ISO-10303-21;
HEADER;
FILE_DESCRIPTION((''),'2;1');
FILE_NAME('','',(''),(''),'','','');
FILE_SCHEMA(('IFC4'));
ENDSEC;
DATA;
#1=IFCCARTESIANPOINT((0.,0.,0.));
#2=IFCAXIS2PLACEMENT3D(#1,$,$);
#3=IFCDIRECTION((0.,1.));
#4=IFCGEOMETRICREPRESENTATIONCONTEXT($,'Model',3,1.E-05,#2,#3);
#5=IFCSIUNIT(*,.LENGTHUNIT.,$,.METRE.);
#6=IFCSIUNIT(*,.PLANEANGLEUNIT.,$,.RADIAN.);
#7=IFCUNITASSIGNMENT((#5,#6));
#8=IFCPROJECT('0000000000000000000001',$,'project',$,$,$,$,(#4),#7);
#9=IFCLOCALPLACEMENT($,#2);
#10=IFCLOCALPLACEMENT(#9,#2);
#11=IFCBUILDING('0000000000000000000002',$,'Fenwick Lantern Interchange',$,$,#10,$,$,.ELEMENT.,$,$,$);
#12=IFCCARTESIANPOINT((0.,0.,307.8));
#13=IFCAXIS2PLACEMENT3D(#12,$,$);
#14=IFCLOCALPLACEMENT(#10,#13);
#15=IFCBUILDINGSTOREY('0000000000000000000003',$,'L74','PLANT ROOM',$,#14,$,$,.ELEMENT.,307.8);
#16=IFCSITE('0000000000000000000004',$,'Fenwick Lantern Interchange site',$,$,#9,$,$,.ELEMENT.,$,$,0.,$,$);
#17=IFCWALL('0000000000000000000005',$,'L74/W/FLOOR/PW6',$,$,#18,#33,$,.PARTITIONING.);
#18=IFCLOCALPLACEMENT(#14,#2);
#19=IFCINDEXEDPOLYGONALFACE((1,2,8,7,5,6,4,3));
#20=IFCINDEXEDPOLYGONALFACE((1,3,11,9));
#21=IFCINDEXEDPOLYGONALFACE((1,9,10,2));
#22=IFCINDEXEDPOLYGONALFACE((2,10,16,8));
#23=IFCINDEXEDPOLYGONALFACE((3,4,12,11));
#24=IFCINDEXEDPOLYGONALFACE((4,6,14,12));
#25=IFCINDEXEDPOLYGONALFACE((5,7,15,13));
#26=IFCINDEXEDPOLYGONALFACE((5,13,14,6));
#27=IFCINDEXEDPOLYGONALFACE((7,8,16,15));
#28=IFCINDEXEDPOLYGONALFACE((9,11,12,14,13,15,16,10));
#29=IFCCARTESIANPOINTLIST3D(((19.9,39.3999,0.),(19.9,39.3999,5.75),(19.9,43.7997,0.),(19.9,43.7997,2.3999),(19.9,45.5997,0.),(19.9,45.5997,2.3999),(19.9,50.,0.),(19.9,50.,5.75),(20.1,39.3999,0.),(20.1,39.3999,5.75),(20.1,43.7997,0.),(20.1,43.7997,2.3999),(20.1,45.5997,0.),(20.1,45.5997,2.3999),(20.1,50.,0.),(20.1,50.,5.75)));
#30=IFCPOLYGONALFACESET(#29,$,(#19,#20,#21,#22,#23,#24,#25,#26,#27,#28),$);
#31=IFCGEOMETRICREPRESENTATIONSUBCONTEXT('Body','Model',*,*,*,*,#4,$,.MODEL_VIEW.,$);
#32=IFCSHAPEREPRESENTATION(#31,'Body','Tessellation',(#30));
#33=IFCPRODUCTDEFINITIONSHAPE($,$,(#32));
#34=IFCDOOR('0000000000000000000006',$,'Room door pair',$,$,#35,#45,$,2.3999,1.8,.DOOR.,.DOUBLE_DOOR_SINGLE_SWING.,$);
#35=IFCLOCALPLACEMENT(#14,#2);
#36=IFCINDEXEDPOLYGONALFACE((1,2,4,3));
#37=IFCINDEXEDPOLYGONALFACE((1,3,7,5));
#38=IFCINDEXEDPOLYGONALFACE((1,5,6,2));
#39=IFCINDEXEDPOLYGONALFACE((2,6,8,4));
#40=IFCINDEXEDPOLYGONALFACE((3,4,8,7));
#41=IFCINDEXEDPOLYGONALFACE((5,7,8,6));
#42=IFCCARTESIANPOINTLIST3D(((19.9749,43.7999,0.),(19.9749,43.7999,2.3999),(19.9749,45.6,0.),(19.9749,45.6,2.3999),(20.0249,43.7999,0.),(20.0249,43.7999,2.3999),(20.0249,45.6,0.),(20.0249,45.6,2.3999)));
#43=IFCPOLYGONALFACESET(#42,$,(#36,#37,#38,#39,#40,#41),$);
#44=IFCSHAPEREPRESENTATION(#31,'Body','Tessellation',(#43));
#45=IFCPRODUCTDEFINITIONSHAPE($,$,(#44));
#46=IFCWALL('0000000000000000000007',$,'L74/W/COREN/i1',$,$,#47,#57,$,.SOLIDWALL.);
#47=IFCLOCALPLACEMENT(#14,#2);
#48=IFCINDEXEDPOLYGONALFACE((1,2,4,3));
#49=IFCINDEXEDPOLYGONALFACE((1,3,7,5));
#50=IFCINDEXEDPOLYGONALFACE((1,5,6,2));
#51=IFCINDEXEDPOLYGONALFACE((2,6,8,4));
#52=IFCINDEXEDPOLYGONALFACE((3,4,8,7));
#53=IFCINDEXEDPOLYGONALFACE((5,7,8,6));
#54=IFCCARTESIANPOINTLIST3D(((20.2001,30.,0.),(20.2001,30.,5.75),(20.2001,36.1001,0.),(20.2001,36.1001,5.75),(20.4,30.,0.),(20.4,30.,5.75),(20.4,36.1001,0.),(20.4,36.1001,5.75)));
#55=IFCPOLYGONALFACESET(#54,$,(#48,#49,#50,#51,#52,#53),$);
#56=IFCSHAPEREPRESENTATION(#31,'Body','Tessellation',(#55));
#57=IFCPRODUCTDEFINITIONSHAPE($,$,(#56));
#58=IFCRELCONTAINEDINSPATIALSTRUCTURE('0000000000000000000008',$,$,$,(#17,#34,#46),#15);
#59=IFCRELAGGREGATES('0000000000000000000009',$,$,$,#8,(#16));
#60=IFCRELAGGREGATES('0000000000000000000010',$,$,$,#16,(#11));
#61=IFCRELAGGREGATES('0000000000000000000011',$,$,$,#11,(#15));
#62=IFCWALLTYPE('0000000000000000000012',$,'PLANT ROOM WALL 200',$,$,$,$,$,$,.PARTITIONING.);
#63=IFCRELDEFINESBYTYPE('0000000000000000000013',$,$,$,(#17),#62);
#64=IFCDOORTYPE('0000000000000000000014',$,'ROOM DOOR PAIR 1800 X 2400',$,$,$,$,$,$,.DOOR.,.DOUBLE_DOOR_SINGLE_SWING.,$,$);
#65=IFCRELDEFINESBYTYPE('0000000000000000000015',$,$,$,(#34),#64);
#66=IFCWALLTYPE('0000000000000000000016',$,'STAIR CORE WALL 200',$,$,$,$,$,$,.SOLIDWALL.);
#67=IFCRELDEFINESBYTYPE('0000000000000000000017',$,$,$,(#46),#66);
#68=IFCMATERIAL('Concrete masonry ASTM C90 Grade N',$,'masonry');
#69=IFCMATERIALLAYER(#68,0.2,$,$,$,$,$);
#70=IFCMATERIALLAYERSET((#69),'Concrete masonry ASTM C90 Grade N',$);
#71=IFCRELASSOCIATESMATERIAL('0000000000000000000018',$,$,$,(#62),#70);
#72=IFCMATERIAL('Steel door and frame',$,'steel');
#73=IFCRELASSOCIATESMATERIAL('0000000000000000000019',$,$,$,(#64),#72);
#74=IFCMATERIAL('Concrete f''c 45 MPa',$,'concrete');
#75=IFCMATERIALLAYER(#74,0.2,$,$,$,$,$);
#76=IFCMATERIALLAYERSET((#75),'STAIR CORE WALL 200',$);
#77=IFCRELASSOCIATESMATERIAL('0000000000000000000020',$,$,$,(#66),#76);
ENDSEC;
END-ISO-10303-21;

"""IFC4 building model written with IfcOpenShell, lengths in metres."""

from ifc_helpers import new_model, si_unit, direction, frame, frame_2d, origin, place, context, subcontext, project, spatial, rectangle, extrude, material, layer, layer_set, type_object, element, fill, save


model = new_model("IFC4")

# Units and contexts
model_context = context("Model", 3, precision=1e-05, world=origin(), true_north=direction((0.0, 1.0)))
body_context = subcontext(model_context, "Body", "Model", "MODEL_VIEW")
ifc_project = project(units=[si_unit("LENGTHUNIT", "METRE"), si_unit("PLANEANGLEUNIT", "RADIAN")], contexts=[model_context])

# Site, building, storey
site_placement = place(None, origin())
site = spatial("IfcSite", under=ifc_project, at=site_placement, Name="Fenwick Lantern Interchange site", CompositionType="ELEMENT", RefElevation=0.0)
building_placement = place(site_placement, origin())
building = spatial("IfcBuilding", under=site, at=building_placement, Name="Fenwick Lantern Interchange", CompositionType="ELEMENT")
storey_placement = place(building_placement, frame((0.0, 0.0, 307.8)))
storey = spatial("IfcBuildingStorey", under=building, at=storey_placement, Name="L74", Description="PLANT ROOM", CompositionType="ELEMENT", Elevation=307.8)

# Shared definitions
ifc_material_1 = material(Name="Concrete masonry ASTM C90 Grade N", Category="masonry")

# Shared definitions
ifc_material_2 = material(Name="Steel door and frame", Category="steel")
ifc_layer_1 = layer(ifc_material_1, 0.2)
ifc_layer_set_1 = layer_set([ifc_layer_1], Name="Concrete masonry ASTM C90 Grade N")
wall_type_1 = type_object("IfcWallType", Name="PLANT ROOM WALL 200", PredefinedType="PARTITIONING", material=ifc_layer_set_1)
door_type_1 = type_object("IfcDoorType", Name="ROOM DOOR PAIR 1800 X 2400", OperationType="DOUBLE_DOOR_SINGLE_SWING", PredefinedType="DOOR", material=ifc_material_2)

# Wall, opening, door
wall_1_placement = place(storey_placement, frame((20.0, 39.3999, 0.0), z_axis=(0.0, 0.0, 1.0), x_axis=(0.0, 1.0, 0.0)))
wall_1 = element("IfcWall", 1, at=wall_1_placement, inside=storey, type_object=wall_type_1, Name="L74/W/FLOOR/PW6", PredefinedType="PARTITIONING", context=body_context, shape_type="SweptSolid", body=[
    extrude(rectangle(XDim=10.6001, YDim=0.2, at=frame_2d((5.3, 0.0))), origin(), (0.0, 0.0, 1.0), 5.75),
])
opening_1_placement = place(wall_1_placement, frame((4.3999, 0.0, 0.0)))
opening_1 = element("IfcOpeningElement", 2, at=opening_1_placement, cuts=wall_1, PredefinedType="OPENING", context=body_context, shape_type="SweptSolid", body=[
    extrude(rectangle(XDim=1.8, YDim=2.3999, at=frame_2d((0.8999, 1.2))), frame((0.0, 0.1099, 0.0), z_axis=(0.0, -1.0, 0.0), x_axis=(1.0, 0.0, 0.0)), (0.0, 0.0, 1.0), 0.22),
])
door_1_placement = place(opening_1_placement, frame((1.8, 0.0, 0.0), z_axis=(0.0, 0.0, 1.0), x_axis=(-1.0, 0.0, 0.0)))
door_1 = element("IfcDoor", 3, at=door_1_placement, inside=storey, type_object=door_type_1, Name="Room door pair", OperationType="DOUBLE_DOOR_SINGLE_SWING", OverallHeight=2.3999, OverallWidth=1.8, PredefinedType="DOOR", context=body_context, shape_type="SweptSolid", body=[
    extrude(rectangle(XDim=1.8, YDim=2.3999, at=frame_2d((0.8999, 1.2))), frame((0.0, 0.0249, 0.0), z_axis=(0.0, -1.0, 0.0), x_axis=(1.0, 0.0, 0.0)), (0.0, 0.0, 1.0), 0.05),
])
fill(opening_1, door_1)

# Wall
ifc_material_3 = material(Name="Concrete f'c 45 MPa", Category="concrete")
ifc_layer_2 = layer(ifc_material_3, 0.2)
ifc_layer_set_2 = layer_set([ifc_layer_2], Name="STAIR CORE WALL 200")
wall_type_2 = type_object("IfcWallType", Name="STAIR CORE WALL 200", PredefinedType="SOLIDWALL", material=ifc_layer_set_2)
wall_2_placement = place(storey_placement, frame((20.3, 36.1001, 0.0), z_axis=(0.0, 0.0, 1.0), x_axis=(0.0, -1.0, 0.0)))
element("IfcWall", 4, at=wall_2_placement, inside=storey, type_object=wall_type_2, Name="L74/W/COREN/i1", PredefinedType="SOLIDWALL", context=body_context, shape_type="SweptSolid", body=[
    extrude(rectangle(XDim=6.1001, YDim=0.2, at=frame_2d((3.05, 0.0))), origin(), (0.0, 0.0, 1.0), 5.75),
])

save(model, "model.ifc")
